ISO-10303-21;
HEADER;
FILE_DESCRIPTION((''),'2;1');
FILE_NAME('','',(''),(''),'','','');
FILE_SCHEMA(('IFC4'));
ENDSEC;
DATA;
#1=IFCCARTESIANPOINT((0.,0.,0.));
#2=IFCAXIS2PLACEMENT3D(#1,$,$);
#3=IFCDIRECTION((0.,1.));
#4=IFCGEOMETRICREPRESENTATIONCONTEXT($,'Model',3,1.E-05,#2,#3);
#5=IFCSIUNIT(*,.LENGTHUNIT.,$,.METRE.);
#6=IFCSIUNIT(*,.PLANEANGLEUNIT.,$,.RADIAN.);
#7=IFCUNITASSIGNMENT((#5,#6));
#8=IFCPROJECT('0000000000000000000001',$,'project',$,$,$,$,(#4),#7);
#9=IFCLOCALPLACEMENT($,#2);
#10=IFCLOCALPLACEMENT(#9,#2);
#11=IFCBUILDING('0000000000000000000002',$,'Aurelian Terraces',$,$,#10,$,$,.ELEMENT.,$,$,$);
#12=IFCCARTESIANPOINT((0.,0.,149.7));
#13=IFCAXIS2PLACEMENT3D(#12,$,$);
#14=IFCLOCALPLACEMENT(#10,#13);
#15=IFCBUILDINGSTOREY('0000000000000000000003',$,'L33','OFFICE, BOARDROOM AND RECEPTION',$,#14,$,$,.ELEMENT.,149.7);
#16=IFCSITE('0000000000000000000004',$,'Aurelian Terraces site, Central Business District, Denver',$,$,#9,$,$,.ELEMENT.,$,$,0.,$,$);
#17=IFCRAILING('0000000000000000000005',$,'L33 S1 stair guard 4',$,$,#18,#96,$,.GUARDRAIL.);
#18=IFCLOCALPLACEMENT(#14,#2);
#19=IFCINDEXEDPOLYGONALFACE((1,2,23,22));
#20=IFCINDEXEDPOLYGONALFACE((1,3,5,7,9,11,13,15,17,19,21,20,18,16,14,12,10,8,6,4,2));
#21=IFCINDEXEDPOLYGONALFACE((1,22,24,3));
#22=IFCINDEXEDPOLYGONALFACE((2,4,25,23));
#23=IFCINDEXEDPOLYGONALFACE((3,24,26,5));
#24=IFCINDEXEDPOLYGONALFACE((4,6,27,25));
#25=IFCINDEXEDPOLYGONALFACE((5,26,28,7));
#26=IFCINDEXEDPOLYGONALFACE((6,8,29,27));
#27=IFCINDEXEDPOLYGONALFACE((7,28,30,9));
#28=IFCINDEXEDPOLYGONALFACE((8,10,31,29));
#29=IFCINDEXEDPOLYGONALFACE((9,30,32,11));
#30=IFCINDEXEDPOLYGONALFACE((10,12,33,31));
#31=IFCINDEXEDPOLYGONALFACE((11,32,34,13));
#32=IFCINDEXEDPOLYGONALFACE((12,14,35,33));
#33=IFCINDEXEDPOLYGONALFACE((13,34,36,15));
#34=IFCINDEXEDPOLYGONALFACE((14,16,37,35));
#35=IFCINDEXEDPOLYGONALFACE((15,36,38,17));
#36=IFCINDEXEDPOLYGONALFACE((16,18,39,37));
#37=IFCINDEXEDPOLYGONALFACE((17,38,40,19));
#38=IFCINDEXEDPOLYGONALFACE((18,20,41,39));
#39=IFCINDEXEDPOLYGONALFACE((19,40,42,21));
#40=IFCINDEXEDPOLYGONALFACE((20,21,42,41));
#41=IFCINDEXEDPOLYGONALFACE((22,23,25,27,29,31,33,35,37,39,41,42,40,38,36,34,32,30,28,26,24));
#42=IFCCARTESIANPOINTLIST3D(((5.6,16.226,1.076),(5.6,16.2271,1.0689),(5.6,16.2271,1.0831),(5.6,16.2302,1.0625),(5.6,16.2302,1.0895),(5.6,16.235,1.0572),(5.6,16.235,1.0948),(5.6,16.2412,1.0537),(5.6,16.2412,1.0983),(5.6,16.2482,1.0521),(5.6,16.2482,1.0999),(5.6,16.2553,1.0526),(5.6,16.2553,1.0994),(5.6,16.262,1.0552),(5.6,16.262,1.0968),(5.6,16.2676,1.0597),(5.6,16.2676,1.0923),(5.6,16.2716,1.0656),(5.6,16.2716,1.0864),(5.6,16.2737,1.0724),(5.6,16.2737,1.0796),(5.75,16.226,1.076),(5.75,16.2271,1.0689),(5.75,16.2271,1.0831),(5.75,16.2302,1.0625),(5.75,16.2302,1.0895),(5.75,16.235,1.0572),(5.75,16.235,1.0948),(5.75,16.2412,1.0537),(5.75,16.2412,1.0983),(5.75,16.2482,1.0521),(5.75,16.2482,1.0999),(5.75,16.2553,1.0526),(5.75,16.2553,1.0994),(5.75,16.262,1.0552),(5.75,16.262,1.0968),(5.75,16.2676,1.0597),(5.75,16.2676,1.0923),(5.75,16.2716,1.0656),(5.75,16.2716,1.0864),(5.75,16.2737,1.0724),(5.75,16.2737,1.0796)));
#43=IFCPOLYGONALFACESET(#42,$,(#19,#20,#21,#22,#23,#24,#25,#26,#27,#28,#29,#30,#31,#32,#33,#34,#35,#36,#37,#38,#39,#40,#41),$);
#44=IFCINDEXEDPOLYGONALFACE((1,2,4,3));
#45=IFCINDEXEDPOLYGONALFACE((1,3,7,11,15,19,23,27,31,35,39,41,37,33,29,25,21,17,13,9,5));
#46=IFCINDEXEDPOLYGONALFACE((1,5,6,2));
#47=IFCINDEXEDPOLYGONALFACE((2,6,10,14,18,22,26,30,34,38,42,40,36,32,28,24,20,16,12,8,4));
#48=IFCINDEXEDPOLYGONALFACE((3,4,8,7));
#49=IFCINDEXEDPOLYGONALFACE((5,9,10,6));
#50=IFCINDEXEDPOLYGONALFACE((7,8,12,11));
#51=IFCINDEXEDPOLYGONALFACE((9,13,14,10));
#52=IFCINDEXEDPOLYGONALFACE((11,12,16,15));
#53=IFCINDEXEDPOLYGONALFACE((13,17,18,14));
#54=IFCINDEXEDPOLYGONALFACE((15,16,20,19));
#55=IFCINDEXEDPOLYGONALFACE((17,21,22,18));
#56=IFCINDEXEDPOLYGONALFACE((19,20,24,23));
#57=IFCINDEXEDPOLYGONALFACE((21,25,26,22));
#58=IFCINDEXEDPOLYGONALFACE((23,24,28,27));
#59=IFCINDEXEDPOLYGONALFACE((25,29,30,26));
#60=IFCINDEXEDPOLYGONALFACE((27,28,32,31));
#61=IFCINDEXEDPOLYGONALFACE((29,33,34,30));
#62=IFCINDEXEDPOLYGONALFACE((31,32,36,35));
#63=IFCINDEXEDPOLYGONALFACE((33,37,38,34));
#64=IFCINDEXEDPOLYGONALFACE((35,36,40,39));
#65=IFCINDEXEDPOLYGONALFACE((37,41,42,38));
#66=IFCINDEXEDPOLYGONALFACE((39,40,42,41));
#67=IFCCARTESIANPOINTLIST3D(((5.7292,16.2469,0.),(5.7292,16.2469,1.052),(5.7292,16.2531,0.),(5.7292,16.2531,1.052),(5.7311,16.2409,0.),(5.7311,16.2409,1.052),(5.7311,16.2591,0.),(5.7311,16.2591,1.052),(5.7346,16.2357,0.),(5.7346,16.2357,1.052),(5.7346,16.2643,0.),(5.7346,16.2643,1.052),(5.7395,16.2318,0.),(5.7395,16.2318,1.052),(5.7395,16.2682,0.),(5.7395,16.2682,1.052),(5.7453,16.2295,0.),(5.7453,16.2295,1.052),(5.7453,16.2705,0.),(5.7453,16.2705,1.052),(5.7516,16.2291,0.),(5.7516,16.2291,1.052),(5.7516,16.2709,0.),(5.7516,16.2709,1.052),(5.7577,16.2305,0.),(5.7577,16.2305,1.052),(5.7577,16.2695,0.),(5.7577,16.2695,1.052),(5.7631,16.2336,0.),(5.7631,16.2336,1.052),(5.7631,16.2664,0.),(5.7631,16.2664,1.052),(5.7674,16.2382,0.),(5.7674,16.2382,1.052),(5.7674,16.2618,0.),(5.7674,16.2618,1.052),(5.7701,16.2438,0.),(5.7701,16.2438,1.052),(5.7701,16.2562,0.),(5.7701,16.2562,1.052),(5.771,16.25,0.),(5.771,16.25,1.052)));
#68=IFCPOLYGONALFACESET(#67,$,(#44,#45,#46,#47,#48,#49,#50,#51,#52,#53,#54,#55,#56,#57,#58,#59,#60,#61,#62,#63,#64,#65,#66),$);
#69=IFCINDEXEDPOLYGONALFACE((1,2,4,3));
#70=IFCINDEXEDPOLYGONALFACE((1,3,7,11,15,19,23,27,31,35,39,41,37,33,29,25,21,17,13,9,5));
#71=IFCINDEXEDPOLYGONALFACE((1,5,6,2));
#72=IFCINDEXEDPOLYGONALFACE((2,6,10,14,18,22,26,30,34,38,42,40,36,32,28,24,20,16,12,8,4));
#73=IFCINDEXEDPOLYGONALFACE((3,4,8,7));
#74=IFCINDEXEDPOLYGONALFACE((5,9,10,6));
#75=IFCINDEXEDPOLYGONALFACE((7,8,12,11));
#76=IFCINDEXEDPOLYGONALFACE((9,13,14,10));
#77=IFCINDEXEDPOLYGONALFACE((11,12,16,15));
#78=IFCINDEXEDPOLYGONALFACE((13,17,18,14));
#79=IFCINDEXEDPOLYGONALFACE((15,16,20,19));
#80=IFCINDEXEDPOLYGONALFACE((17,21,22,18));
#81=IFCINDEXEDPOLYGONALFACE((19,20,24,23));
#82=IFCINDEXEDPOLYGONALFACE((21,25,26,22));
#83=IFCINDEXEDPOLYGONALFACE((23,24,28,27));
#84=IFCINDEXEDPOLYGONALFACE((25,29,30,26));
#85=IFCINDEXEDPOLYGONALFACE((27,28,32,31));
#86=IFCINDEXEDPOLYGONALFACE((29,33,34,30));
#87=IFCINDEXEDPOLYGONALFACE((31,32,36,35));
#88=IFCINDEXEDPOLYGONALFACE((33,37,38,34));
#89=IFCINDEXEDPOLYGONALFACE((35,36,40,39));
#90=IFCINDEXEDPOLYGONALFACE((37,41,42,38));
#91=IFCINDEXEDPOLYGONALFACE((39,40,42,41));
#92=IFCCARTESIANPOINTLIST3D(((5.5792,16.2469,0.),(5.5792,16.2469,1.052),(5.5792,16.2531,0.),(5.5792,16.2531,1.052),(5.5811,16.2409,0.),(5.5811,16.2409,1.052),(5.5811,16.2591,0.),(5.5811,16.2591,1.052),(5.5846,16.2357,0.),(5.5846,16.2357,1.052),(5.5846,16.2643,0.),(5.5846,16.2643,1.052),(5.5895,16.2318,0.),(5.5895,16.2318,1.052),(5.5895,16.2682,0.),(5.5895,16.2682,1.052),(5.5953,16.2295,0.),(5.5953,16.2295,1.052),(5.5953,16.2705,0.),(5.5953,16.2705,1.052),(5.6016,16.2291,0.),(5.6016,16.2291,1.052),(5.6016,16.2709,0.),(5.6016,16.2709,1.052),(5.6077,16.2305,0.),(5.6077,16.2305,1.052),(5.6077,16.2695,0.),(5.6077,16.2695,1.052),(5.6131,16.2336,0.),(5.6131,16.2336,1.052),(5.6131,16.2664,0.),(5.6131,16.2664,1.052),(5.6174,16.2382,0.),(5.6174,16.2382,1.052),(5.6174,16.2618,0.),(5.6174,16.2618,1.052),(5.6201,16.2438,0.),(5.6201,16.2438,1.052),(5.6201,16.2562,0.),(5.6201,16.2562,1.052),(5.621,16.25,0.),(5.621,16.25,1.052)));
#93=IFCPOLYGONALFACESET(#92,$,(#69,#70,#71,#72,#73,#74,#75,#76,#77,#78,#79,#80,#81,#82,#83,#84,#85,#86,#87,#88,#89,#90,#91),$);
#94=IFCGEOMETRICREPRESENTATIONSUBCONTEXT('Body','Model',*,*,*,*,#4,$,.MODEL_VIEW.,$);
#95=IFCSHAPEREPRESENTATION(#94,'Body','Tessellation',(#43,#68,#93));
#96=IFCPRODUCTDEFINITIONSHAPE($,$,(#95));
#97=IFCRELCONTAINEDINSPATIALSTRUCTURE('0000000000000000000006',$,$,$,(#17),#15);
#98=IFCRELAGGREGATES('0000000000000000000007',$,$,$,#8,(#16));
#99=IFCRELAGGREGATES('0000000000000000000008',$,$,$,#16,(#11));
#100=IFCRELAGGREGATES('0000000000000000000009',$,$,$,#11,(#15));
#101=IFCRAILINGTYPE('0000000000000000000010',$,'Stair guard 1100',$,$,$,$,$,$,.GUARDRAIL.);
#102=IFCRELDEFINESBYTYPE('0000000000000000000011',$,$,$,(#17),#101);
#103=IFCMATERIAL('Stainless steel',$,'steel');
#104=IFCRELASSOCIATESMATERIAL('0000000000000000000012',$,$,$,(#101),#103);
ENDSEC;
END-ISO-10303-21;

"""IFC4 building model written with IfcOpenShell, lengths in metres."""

from ifc_helpers import new_model, si_unit, direction, frame, origin, origin_2d, place, context, subcontext, project, spatial, circle, extrude, source, transform, mapped, material, type_object, element, save


model = new_model("IFC4")

# Units and contexts
model_context = context("Model", 3, precision=1e-05, world=origin(), true_north=direction((0.0, 1.0)))
body_context = subcontext(model_context, "Body", "Model", "MODEL_VIEW")
ifc_project = project(units=[si_unit("LENGTHUNIT", "METRE"), si_unit("PLANEANGLEUNIT", "RADIAN")], contexts=[model_context])

# Site, building, storey
site_placement = place(None, origin())
site = spatial("IfcSite", under=ifc_project, at=site_placement, Name="Aurelian Terraces site, Central Business District, Denver", CompositionType="ELEMENT", RefElevation=0.0)
building_placement = place(site_placement, origin())
building = spatial("IfcBuilding", under=site, at=building_placement, Name="Aurelian Terraces", CompositionType="ELEMENT")
storey_placement = place(building_placement, frame((0.0, 0.0, 149.7)))
storey = spatial("IfcBuildingStorey", under=building, at=storey_placement, Name="L33", Description="OFFICE, BOARDROOM AND RECEPTION", CompositionType="ELEMENT", Elevation=149.7)

# Shared definitions
ifc_material_1 = material(Name="Stainless steel", Category="steel")

# Railing
railing_type_1 = type_object("IfcRailingType", Name="Stair guard 1100", PredefinedType="GUARDRAIL", material=ifc_material_1)
shared_shape_1 = source(origin(), body_context, "Body", "SweptSolid", [
    extrude(circle(Radius=0.024, at=origin_2d()), frame((0.0, 0.0, 1.076), z_axis=(-1.0, 0.0, 0.0), x_axis=(0.0, -1.0, 0.0)), (0.0, 0.0, 1.0), 0.15),
    extrude(circle(Radius=0.021, at=origin_2d()), origin(), (0.0, 0.0, 1.0), 1.052),
    extrude(circle(Radius=0.021, at=origin_2d()), frame((-0.15, 0.0, 0.0)), (0.0, 0.0, 1.0), 1.052),
])
railing_1_placement = place(storey_placement, frame((5.75, 16.25, 0.0)))
element("IfcRailing", 1, at=railing_1_placement, inside=storey, type_object=railing_type_1, Name="L33 S1 stair guard 4", PredefinedType="GUARDRAIL", context=body_context, shape_type="MappedRepresentation", body=[
    mapped(shared_shape_1, transform((0.0, 0.0, 0.0), scale=1.0)),
])

save(model, "model.ifc")
